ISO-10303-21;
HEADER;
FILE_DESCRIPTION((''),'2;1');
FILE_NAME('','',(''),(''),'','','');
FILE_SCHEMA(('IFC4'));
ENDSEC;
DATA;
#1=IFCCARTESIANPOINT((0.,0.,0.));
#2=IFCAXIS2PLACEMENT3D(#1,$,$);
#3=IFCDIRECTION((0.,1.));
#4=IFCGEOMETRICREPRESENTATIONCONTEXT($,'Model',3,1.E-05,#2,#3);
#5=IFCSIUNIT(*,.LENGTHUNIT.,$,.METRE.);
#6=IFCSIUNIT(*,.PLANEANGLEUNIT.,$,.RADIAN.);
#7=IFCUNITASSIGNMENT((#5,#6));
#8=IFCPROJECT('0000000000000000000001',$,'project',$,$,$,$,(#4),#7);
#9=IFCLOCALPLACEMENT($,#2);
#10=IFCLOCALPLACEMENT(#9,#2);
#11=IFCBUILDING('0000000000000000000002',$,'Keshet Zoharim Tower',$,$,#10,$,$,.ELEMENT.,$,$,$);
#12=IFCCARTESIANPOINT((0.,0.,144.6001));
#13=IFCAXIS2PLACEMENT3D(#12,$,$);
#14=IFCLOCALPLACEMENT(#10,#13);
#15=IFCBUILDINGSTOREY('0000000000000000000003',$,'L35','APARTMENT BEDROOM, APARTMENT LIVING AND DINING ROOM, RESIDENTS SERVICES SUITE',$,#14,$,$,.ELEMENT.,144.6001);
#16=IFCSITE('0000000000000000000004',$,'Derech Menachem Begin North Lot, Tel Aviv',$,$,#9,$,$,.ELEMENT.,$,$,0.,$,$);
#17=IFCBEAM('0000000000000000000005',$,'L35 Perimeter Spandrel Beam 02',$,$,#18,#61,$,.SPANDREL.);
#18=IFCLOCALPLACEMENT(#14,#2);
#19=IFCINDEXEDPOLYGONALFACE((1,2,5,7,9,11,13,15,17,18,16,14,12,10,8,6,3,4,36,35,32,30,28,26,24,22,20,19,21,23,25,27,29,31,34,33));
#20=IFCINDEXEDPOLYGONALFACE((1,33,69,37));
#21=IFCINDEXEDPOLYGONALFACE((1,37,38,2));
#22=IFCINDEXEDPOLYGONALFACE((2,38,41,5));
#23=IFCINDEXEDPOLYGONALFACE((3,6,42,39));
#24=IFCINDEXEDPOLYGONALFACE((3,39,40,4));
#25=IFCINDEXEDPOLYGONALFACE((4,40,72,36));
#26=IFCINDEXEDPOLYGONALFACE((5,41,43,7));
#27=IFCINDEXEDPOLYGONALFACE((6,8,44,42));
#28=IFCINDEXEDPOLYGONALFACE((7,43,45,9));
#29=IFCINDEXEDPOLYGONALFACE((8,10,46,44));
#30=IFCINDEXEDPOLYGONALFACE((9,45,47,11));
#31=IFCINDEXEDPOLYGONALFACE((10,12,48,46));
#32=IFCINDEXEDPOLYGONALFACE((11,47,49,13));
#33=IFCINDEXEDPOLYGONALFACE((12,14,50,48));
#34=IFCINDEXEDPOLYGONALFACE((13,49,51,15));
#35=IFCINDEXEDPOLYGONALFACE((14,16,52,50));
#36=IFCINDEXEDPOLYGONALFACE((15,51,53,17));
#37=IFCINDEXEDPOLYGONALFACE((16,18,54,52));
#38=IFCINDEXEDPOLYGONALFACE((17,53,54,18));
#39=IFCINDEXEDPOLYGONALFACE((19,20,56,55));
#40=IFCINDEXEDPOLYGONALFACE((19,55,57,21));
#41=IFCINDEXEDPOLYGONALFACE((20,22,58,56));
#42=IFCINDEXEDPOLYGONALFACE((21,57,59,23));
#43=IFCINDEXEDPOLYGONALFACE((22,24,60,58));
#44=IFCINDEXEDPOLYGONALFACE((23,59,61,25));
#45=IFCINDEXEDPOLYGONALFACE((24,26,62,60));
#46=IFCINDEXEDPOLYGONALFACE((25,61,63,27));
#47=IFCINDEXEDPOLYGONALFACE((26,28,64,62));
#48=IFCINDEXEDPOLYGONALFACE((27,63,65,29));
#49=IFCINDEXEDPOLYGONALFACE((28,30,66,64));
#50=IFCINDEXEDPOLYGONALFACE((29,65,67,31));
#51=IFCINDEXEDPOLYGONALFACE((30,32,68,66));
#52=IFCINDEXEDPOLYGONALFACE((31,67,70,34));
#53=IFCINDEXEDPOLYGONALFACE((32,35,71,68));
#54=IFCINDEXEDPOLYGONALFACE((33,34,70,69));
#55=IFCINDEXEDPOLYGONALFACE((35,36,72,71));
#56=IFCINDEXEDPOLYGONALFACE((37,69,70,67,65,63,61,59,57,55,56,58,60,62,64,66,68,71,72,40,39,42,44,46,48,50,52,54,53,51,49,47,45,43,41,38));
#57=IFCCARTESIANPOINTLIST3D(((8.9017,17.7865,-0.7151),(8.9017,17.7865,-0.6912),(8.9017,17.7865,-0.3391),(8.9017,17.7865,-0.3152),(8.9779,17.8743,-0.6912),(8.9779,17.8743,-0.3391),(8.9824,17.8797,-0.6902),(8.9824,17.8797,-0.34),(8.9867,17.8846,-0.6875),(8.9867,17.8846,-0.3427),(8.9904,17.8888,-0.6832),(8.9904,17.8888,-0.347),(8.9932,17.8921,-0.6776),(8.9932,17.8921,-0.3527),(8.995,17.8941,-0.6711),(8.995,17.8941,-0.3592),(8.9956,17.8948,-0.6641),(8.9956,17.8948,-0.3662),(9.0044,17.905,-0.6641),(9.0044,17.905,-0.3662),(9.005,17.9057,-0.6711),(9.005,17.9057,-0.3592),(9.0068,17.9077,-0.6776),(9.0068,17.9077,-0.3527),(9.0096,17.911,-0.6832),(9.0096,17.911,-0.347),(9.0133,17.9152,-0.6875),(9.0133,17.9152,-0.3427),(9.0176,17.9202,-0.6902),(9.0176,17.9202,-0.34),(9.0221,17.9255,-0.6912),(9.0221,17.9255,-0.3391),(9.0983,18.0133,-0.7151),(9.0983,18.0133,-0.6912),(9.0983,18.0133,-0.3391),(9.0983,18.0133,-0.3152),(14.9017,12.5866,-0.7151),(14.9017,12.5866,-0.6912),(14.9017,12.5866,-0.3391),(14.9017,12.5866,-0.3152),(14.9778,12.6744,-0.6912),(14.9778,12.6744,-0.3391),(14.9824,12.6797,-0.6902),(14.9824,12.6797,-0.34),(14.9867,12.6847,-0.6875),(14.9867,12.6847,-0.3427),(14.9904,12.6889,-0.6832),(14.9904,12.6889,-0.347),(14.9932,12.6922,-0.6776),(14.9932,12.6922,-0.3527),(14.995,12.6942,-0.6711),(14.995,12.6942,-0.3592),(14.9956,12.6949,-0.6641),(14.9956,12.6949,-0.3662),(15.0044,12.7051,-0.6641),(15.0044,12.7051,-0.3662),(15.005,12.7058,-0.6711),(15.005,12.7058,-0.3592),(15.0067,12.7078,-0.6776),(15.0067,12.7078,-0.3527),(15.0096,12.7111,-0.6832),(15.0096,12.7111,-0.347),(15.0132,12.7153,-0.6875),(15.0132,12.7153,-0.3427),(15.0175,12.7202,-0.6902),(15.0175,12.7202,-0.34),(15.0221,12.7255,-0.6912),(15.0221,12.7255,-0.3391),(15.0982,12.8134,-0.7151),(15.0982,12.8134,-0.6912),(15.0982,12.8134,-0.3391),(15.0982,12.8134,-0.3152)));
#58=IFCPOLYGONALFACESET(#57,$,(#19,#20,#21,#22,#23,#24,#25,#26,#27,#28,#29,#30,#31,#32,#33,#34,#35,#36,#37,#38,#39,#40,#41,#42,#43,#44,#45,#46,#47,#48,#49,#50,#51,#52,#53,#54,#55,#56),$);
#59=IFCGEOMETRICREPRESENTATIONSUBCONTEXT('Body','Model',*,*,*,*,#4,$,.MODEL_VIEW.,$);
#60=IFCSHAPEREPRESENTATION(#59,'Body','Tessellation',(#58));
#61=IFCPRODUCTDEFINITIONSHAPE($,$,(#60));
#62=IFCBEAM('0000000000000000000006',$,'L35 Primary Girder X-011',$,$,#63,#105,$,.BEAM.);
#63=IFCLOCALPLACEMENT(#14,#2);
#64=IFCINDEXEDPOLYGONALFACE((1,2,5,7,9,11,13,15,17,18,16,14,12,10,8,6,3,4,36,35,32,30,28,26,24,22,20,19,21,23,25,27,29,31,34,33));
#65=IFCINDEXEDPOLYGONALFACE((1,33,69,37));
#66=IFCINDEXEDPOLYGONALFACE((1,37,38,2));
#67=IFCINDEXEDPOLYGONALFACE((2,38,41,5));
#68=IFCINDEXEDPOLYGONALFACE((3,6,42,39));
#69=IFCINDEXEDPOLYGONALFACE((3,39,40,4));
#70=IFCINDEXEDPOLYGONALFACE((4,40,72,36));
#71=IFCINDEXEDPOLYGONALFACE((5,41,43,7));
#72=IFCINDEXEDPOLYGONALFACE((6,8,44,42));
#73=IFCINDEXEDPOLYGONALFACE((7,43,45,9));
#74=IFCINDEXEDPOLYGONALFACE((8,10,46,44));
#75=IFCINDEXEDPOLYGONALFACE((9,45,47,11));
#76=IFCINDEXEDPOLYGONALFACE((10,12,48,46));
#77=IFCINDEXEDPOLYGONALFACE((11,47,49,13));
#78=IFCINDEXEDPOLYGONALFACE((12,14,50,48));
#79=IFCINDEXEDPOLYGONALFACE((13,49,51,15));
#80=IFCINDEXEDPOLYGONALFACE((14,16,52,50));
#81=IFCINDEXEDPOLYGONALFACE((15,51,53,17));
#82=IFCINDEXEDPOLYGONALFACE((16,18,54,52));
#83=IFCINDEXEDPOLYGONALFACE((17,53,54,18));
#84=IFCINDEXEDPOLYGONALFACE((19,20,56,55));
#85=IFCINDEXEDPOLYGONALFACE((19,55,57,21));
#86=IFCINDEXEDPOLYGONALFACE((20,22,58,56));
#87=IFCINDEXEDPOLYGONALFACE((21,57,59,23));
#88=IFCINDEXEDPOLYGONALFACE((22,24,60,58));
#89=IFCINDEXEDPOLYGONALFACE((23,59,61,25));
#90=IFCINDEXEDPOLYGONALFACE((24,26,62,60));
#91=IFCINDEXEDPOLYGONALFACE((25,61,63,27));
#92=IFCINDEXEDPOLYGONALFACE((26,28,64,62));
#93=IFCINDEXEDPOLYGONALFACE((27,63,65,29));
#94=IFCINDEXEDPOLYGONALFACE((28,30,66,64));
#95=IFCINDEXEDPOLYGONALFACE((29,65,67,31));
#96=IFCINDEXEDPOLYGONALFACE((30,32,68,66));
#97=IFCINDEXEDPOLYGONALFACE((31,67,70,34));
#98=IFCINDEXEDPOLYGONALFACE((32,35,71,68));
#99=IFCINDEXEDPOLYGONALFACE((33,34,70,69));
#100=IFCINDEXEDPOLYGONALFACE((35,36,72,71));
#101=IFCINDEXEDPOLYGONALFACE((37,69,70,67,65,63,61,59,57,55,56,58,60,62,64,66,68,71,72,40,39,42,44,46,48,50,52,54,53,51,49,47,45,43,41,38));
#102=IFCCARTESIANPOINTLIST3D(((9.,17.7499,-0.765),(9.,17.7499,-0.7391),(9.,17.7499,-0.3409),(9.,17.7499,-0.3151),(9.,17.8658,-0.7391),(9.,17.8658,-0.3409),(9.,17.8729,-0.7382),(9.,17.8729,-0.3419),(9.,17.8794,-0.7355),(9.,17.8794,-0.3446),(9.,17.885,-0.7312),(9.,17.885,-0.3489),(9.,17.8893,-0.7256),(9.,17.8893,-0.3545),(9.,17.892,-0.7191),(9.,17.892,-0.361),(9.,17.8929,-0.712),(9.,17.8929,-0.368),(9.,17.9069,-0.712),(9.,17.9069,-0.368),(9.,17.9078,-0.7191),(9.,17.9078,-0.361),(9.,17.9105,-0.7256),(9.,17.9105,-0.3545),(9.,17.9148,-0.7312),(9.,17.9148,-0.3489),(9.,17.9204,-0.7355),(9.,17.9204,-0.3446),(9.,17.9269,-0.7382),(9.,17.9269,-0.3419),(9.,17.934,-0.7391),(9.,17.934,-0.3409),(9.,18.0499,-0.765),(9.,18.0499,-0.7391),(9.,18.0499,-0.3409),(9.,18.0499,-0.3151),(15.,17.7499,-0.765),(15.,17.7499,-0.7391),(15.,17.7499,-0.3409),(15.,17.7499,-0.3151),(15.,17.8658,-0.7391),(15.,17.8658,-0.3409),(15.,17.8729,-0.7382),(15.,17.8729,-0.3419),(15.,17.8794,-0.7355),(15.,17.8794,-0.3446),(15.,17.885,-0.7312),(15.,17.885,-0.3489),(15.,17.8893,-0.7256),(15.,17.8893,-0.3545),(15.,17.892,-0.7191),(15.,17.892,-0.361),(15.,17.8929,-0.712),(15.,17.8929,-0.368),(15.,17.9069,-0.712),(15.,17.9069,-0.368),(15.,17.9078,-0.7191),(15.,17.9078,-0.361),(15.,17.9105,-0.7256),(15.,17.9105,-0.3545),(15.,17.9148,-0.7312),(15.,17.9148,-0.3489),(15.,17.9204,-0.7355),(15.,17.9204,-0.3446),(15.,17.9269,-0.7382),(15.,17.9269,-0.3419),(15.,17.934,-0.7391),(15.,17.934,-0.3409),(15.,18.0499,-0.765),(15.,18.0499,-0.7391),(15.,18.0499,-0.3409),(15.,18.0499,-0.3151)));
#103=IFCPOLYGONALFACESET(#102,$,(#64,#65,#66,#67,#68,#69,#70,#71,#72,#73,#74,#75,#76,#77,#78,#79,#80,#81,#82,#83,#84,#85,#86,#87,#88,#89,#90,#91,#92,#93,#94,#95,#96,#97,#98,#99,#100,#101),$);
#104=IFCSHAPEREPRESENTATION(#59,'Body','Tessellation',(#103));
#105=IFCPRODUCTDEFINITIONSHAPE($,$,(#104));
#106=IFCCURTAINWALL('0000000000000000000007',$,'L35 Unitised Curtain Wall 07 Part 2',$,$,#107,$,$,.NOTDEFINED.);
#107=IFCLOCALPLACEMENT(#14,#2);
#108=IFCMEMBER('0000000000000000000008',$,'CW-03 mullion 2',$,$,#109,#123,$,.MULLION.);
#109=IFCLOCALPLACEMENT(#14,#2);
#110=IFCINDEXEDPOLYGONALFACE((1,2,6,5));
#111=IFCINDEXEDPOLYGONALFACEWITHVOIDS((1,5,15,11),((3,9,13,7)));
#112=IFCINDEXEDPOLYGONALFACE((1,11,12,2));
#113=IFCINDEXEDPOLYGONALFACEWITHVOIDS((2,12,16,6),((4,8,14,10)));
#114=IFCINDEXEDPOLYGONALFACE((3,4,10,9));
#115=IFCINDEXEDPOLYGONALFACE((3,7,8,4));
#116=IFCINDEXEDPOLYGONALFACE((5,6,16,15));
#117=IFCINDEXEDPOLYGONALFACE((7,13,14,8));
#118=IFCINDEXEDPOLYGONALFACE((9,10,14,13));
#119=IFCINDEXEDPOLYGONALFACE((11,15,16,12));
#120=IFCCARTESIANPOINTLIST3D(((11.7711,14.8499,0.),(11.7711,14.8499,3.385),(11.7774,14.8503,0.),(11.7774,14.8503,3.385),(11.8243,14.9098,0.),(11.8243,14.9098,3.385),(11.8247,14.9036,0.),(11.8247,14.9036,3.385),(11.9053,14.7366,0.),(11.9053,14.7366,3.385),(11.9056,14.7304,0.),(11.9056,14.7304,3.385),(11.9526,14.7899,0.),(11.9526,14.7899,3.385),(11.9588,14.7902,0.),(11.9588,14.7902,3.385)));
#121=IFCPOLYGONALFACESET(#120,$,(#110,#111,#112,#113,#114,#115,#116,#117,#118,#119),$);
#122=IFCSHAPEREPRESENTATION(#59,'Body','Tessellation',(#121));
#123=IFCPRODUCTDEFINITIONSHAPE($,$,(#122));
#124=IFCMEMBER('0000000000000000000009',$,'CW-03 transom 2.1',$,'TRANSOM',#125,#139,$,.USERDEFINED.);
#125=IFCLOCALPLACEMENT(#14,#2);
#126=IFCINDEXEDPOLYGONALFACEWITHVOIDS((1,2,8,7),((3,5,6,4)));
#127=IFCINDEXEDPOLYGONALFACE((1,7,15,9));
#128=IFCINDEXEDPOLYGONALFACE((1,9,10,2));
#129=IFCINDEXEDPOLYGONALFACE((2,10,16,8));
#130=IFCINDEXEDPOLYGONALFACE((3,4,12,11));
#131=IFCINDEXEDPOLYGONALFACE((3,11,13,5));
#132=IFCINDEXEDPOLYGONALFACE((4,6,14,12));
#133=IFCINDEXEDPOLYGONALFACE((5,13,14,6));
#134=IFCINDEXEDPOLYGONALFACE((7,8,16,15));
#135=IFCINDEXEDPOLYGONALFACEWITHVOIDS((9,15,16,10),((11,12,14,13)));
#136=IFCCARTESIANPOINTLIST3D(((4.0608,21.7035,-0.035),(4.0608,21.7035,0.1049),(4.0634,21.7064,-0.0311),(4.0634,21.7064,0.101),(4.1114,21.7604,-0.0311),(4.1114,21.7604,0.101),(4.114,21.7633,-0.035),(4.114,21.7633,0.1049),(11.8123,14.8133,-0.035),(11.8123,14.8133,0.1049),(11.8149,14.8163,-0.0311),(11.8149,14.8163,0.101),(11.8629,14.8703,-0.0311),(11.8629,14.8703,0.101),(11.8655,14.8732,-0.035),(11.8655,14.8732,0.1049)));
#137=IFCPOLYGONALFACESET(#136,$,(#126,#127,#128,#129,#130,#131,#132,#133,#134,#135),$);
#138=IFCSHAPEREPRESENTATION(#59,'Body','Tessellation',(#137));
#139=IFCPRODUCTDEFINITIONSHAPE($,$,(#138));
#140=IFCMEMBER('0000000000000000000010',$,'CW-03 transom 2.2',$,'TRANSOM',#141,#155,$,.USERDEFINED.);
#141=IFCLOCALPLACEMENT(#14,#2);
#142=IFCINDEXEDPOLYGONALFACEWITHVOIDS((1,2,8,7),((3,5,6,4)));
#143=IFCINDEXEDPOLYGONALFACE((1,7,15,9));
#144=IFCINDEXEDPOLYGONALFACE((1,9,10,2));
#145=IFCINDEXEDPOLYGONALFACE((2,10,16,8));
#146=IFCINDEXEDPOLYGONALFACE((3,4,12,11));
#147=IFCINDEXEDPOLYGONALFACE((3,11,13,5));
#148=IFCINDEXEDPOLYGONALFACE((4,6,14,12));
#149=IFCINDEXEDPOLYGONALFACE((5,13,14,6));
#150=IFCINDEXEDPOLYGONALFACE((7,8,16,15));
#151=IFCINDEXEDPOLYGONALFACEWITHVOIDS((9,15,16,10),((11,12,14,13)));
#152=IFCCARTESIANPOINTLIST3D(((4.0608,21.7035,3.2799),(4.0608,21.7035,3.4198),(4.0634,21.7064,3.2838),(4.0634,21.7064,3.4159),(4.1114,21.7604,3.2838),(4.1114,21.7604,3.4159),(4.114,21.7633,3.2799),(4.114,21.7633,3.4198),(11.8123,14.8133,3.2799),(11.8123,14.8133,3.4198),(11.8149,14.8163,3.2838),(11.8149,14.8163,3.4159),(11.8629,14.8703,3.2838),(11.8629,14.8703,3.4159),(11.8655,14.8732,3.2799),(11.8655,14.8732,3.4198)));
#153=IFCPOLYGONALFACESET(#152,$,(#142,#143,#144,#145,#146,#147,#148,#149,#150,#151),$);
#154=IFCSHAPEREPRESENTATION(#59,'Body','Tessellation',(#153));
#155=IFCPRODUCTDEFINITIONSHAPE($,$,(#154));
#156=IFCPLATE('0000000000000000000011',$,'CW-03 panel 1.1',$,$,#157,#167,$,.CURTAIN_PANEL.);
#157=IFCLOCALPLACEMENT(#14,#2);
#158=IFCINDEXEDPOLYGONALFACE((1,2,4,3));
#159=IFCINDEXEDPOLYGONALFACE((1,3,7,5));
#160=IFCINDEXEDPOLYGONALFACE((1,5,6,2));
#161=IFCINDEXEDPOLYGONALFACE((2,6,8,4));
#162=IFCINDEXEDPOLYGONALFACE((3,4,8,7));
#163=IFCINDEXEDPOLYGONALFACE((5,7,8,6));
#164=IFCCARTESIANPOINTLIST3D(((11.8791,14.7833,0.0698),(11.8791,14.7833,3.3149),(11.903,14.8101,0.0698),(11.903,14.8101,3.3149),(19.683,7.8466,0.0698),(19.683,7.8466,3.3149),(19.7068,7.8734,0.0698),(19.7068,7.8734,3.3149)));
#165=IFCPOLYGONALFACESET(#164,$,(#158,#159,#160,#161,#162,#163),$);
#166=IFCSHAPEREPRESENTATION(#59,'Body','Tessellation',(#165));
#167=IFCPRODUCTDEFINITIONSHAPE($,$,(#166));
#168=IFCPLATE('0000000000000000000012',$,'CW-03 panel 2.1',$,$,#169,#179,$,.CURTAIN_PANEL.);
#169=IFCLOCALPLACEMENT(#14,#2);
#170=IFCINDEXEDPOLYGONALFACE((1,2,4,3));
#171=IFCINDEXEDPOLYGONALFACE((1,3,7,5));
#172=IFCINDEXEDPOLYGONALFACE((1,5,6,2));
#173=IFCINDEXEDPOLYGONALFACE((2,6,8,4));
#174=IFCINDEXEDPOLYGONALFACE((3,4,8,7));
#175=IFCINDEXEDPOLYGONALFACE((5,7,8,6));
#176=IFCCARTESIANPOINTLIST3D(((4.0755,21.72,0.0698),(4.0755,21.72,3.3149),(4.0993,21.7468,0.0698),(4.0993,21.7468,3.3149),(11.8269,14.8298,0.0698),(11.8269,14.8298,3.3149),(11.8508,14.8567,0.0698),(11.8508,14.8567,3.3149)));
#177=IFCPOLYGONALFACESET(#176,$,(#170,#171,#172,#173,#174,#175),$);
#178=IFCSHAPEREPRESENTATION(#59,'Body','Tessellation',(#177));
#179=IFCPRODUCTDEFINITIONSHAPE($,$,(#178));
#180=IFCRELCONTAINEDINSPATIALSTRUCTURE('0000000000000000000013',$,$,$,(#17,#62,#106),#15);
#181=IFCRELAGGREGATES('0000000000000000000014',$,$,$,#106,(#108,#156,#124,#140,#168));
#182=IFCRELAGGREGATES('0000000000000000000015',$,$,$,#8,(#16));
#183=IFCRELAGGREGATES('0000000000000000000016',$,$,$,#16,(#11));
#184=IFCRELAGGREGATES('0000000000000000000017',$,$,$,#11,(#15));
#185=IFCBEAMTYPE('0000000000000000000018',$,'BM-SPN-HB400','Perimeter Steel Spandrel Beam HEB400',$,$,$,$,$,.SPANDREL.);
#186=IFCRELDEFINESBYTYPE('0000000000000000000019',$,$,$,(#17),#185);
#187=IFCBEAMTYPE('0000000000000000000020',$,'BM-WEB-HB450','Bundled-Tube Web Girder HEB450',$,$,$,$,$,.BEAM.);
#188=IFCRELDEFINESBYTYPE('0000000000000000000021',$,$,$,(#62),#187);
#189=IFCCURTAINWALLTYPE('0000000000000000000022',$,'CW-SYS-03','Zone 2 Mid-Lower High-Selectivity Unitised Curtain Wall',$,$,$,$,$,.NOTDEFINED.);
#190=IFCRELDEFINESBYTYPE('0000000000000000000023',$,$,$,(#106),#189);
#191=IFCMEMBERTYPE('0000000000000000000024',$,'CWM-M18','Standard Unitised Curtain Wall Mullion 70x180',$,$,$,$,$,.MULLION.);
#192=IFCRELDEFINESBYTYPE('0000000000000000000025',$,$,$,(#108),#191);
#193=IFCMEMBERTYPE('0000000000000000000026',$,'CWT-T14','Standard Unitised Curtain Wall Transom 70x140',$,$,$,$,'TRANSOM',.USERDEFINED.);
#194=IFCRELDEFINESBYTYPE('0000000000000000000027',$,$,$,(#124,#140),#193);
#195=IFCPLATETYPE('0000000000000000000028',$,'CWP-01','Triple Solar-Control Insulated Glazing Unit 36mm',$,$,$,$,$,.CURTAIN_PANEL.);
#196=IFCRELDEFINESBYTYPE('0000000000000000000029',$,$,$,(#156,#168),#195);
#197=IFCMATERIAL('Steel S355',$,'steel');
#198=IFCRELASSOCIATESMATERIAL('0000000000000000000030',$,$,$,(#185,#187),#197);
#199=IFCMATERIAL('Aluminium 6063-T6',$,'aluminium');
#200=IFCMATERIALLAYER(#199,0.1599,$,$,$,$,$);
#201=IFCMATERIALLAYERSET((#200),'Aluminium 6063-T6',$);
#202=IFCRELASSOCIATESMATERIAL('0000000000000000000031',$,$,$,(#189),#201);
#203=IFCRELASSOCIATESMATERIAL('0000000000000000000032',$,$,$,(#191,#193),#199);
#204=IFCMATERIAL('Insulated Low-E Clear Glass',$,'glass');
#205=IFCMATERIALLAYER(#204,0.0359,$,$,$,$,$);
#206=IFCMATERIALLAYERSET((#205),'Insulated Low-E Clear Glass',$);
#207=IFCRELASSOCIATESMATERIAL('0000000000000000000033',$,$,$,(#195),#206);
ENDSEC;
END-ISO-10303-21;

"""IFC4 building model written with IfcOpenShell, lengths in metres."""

from ifc_helpers import new_model, si_unit, direction, frame, origin, origin_2d, place, context, subcontext, project, spatial, rectangle, hollow_rectangle, i_section, extrude, material, layer, layer_set, material_profile, profile_set, type_object, element, aggregate, save


model = new_model("IFC4")

# Units and contexts
model_context = context("Model", 3, precision=1e-05, world=origin(), true_north=direction((0.0, 1.0)))
body_context = subcontext(model_context, "Body", "Model", "MODEL_VIEW")
ifc_project = project(units=[si_unit("LENGTHUNIT", "METRE"), si_unit("PLANEANGLEUNIT", "RADIAN")], contexts=[model_context])

# Site, building, storey
site_placement = place(None, origin())
site = spatial("IfcSite", under=ifc_project, at=site_placement, Name="Derech Menachem Begin North Lot, Tel Aviv", CompositionType="ELEMENT", RefElevation=0.0)
building_placement = place(site_placement, origin())
building = spatial("IfcBuilding", under=site, at=building_placement, Name="Keshet Zoharim Tower", CompositionType="ELEMENT")
storey_placement = place(building_placement, frame((0.0, 0.0, 144.6001)))
storey = spatial("IfcBuildingStorey", under=building, at=storey_placement, Name="L35", Description="APARTMENT BEDROOM, APARTMENT LIVING AND DINING ROOM, RESIDENTS SERVICES SUITE", CompositionType="ELEMENT", Elevation=144.6001)

# Shared definitions
ifc_material_1 = material(Name="Steel S355", Category="steel")

# Beams
ifc_material_profile_1 = material_profile(ifc_material_1, i_section(OverallWidth=0.3, OverallDepth=0.3999, WebThickness=0.0134, FlangeThickness=0.0239, FilletRadius=0.0271, at=origin_2d()), Name="HEB400")
ifc_profile_set_1 = profile_set([ifc_material_profile_1], Name="Steel S355")
beam_type_1 = type_object("IfcBeamType", Name="BM-SPN-HB400", Description="Perimeter Steel Spandrel Beam HEB400", PredefinedType="SPANDREL", material=ifc_profile_set_1)
beam_1_placement = place(storey_placement, frame((9.0, 17.8999, -0.5151), z_axis=(0.755692, -0.654927, 0.0), x_axis=(0.654927, 0.755692, 0.0)))
element("IfcBeam", 1, at=beam_1_placement, inside=storey, type_object=beam_type_1, Name="L35 Perimeter Spandrel Beam 02", PredefinedType="SPANDREL", context=body_context, shape_type="SweptSolid", body=[
    extrude(i_section(OverallWidth=0.3, OverallDepth=0.3999, WebThickness=0.0134, FlangeThickness=0.0239, FilletRadius=0.0271, at=origin_2d()), origin(), (0.0, 0.0, 1.0), 7.9397),
])
ifc_material_profile_2 = material_profile(ifc_material_1, i_section(OverallWidth=0.3, OverallDepth=0.45, WebThickness=0.0139, FlangeThickness=0.0259, FilletRadius=0.0271, at=origin_2d()), Name="HEB450")
ifc_profile_set_2 = profile_set([ifc_material_profile_2], Name="Steel S355")
beam_type_2 = type_object("IfcBeamType", Name="BM-WEB-HB450", Description="Bundled-Tube Web Girder HEB450", PredefinedType="BEAM", material=ifc_profile_set_2)
beam_2_placement = place(storey_placement, frame((9.0, 17.8999, -0.54), z_axis=(1.0, 0.0, 0.0), x_axis=(0.0, 1.0, 0.0)))
element("IfcBeam", 2, at=beam_2_placement, inside=storey, type_object=beam_type_2, Name="L35 Primary Girder X-011", PredefinedType="BEAM", context=body_context, shape_type="SweptSolid", body=[
    extrude(i_section(OverallWidth=0.3, OverallDepth=0.45, WebThickness=0.0139, FlangeThickness=0.0259, FilletRadius=0.0271, at=origin_2d()), origin(), (0.0, 0.0, 1.0), 6.0),
])

# Curtain wall, members, plates
ifc_material_2 = material(Name="Aluminium 6063-T6", Category="aluminium")
ifc_layer_1 = layer(ifc_material_2, 0.1599)
ifc_layer_set_1 = layer_set([ifc_layer_1], Name="Aluminium 6063-T6")
curtain_wall_type = type_object("IfcCurtainWallType", Name="CW-SYS-03", Description="Zone 2 Mid-Lower High-Selectivity Unitised Curtain Wall", PredefinedType="NOTDEFINED", material=ifc_layer_set_1)
curtain_wall_placement = place(storey_placement, origin())
curtain_wall = element("IfcCurtainWall", 3, at=curtain_wall_placement, inside=storey, type_object=curtain_wall_type, Name="L35 Unitised Curtain Wall 07 Part 2", PredefinedType="NOTDEFINED")
ifc_material_profile_3 = material_profile(ifc_material_2, hollow_rectangle(XDim=0.0801, YDim=0.1799, WallThickness=0.0044, at=origin_2d()), Name="MUL-80x180")
ifc_profile_set_3 = profile_set([ifc_material_profile_3], Name="Aluminium 6063-T6")
member_type_1 = type_object("IfcMemberType", Name="CWM-M18", Description="Standard Unitised Curtain Wall Mullion 70x180", PredefinedType="MULLION", material=ifc_profile_set_3)
member_1_placement = place(storey_placement, frame((11.865, 14.8201, 0.0), z_axis=(0.0, 0.0, 1.0), x_axis=(-0.664364, -0.74741, 0.0)))
member_1 = element("IfcMember", 4, at=member_1_placement, type_object=member_type_1, Name="CW-03 mullion 2", PredefinedType="MULLION", context=body_context, shape_type="SweptSolid", body=[
    extrude(hollow_rectangle(XDim=0.0801, YDim=0.1799, WallThickness=0.0044, at=origin_2d()), origin(), (0.0, 0.0, 1.0), 3.385),
])
ifc_material_profile_4 = material_profile(ifc_material_2, hollow_rectangle(XDim=0.0801, YDim=0.1399, WallThickness=0.0039, at=origin_2d()), Name="TRN-80x140")
ifc_profile_set_4 = profile_set([ifc_material_profile_4], Name="Aluminium 6063-T6")
member_type_2 = type_object("IfcMemberType", Name="CWT-T14", Description="Standard Unitised Curtain Wall Transom 70x140", ElementType="TRANSOM", PredefinedType="USERDEFINED", material=ifc_profile_set_4)
member_2_placement = place(storey_placement, frame((11.8389, 14.8433, 0.0349), z_axis=(-0.747412, 0.664361, 0.0), x_axis=(-0.664361, -0.747412, 0.0)))
member_2 = element("IfcMember", 5, at=member_2_placement, type_object=member_type_2, Name="CW-03 transom 2.1", ObjectType="TRANSOM", PredefinedType="USERDEFINED", context=body_context, shape_type="SweptSolid", body=[
    extrude(hollow_rectangle(XDim=0.0801, YDim=0.1399, WallThickness=0.0039, at=origin_2d()), origin(), (0.0, 0.0, 1.0), 10.3711),
])
member_3_placement = place(storey_placement, frame((11.8389, 14.8433, 3.3499), z_axis=(-0.747412, 0.664361, 0.0), x_axis=(-0.664361, -0.747412, 0.0)))
member_3 = element("IfcMember", 6, at=member_3_placement, type_object=member_type_2, Name="CW-03 transom 2.2", ObjectType="TRANSOM", PredefinedType="USERDEFINED", context=body_context, shape_type="SweptSolid", body=[
    extrude(hollow_rectangle(XDim=0.0801, YDim=0.1399, WallThickness=0.0039, at=origin_2d()), origin(), (0.0, 0.0, 1.0), 10.3711),
])
ifc_material_3 = material(Name="Insulated Low-E Clear Glass", Category="glass")
ifc_layer_2 = layer(ifc_material_3, 0.0359)
ifc_layer_set_2 = layer_set([ifc_layer_2], Name="Insulated Low-E Clear Glass")
plate_type = type_object("IfcPlateType", Name="CWP-01", Description="Triple Solar-Control Insulated Glazing Unit 36mm", PredefinedType="CURTAIN_PANEL", material=ifc_layer_set_2)
plate_1_placement = place(storey_placement, frame((15.793, 11.3284, 0.0698), z_axis=(0.0, 0.0, 1.0), x_axis=(-0.74741, 0.664364, 0.0)))
plate_1 = element("IfcPlate", 7, at=plate_1_placement, type_object=plate_type, Name="CW-03 panel 1.1", PredefinedType="CURTAIN_PANEL", context=body_context, shape_type="SweptSolid", body=[
    extrude(rectangle(XDim=10.4412, YDim=0.0359, at=origin_2d()), origin(), (0.0, 0.0, 1.0), 3.2451),
])
plate_2_placement = place(storey_placement, frame((7.9631, 18.2883, 0.0698), z_axis=(0.0, 0.0, 1.0), x_axis=(-0.74741, 0.664364, 0.0)))
plate_2 = element("IfcPlate", 8, at=plate_2_placement, type_object=plate_type, Name="CW-03 panel 2.1", PredefinedType="CURTAIN_PANEL", context=body_context, shape_type="SweptSolid", body=[
    extrude(rectangle(XDim=10.3711, YDim=0.0359, at=origin_2d()), origin(), (0.0, 0.0, 1.0), 3.2451),
])
aggregate(curtain_wall, [member_1, plate_1, member_2, member_3, plate_2])

save(model, "model.ifc")
